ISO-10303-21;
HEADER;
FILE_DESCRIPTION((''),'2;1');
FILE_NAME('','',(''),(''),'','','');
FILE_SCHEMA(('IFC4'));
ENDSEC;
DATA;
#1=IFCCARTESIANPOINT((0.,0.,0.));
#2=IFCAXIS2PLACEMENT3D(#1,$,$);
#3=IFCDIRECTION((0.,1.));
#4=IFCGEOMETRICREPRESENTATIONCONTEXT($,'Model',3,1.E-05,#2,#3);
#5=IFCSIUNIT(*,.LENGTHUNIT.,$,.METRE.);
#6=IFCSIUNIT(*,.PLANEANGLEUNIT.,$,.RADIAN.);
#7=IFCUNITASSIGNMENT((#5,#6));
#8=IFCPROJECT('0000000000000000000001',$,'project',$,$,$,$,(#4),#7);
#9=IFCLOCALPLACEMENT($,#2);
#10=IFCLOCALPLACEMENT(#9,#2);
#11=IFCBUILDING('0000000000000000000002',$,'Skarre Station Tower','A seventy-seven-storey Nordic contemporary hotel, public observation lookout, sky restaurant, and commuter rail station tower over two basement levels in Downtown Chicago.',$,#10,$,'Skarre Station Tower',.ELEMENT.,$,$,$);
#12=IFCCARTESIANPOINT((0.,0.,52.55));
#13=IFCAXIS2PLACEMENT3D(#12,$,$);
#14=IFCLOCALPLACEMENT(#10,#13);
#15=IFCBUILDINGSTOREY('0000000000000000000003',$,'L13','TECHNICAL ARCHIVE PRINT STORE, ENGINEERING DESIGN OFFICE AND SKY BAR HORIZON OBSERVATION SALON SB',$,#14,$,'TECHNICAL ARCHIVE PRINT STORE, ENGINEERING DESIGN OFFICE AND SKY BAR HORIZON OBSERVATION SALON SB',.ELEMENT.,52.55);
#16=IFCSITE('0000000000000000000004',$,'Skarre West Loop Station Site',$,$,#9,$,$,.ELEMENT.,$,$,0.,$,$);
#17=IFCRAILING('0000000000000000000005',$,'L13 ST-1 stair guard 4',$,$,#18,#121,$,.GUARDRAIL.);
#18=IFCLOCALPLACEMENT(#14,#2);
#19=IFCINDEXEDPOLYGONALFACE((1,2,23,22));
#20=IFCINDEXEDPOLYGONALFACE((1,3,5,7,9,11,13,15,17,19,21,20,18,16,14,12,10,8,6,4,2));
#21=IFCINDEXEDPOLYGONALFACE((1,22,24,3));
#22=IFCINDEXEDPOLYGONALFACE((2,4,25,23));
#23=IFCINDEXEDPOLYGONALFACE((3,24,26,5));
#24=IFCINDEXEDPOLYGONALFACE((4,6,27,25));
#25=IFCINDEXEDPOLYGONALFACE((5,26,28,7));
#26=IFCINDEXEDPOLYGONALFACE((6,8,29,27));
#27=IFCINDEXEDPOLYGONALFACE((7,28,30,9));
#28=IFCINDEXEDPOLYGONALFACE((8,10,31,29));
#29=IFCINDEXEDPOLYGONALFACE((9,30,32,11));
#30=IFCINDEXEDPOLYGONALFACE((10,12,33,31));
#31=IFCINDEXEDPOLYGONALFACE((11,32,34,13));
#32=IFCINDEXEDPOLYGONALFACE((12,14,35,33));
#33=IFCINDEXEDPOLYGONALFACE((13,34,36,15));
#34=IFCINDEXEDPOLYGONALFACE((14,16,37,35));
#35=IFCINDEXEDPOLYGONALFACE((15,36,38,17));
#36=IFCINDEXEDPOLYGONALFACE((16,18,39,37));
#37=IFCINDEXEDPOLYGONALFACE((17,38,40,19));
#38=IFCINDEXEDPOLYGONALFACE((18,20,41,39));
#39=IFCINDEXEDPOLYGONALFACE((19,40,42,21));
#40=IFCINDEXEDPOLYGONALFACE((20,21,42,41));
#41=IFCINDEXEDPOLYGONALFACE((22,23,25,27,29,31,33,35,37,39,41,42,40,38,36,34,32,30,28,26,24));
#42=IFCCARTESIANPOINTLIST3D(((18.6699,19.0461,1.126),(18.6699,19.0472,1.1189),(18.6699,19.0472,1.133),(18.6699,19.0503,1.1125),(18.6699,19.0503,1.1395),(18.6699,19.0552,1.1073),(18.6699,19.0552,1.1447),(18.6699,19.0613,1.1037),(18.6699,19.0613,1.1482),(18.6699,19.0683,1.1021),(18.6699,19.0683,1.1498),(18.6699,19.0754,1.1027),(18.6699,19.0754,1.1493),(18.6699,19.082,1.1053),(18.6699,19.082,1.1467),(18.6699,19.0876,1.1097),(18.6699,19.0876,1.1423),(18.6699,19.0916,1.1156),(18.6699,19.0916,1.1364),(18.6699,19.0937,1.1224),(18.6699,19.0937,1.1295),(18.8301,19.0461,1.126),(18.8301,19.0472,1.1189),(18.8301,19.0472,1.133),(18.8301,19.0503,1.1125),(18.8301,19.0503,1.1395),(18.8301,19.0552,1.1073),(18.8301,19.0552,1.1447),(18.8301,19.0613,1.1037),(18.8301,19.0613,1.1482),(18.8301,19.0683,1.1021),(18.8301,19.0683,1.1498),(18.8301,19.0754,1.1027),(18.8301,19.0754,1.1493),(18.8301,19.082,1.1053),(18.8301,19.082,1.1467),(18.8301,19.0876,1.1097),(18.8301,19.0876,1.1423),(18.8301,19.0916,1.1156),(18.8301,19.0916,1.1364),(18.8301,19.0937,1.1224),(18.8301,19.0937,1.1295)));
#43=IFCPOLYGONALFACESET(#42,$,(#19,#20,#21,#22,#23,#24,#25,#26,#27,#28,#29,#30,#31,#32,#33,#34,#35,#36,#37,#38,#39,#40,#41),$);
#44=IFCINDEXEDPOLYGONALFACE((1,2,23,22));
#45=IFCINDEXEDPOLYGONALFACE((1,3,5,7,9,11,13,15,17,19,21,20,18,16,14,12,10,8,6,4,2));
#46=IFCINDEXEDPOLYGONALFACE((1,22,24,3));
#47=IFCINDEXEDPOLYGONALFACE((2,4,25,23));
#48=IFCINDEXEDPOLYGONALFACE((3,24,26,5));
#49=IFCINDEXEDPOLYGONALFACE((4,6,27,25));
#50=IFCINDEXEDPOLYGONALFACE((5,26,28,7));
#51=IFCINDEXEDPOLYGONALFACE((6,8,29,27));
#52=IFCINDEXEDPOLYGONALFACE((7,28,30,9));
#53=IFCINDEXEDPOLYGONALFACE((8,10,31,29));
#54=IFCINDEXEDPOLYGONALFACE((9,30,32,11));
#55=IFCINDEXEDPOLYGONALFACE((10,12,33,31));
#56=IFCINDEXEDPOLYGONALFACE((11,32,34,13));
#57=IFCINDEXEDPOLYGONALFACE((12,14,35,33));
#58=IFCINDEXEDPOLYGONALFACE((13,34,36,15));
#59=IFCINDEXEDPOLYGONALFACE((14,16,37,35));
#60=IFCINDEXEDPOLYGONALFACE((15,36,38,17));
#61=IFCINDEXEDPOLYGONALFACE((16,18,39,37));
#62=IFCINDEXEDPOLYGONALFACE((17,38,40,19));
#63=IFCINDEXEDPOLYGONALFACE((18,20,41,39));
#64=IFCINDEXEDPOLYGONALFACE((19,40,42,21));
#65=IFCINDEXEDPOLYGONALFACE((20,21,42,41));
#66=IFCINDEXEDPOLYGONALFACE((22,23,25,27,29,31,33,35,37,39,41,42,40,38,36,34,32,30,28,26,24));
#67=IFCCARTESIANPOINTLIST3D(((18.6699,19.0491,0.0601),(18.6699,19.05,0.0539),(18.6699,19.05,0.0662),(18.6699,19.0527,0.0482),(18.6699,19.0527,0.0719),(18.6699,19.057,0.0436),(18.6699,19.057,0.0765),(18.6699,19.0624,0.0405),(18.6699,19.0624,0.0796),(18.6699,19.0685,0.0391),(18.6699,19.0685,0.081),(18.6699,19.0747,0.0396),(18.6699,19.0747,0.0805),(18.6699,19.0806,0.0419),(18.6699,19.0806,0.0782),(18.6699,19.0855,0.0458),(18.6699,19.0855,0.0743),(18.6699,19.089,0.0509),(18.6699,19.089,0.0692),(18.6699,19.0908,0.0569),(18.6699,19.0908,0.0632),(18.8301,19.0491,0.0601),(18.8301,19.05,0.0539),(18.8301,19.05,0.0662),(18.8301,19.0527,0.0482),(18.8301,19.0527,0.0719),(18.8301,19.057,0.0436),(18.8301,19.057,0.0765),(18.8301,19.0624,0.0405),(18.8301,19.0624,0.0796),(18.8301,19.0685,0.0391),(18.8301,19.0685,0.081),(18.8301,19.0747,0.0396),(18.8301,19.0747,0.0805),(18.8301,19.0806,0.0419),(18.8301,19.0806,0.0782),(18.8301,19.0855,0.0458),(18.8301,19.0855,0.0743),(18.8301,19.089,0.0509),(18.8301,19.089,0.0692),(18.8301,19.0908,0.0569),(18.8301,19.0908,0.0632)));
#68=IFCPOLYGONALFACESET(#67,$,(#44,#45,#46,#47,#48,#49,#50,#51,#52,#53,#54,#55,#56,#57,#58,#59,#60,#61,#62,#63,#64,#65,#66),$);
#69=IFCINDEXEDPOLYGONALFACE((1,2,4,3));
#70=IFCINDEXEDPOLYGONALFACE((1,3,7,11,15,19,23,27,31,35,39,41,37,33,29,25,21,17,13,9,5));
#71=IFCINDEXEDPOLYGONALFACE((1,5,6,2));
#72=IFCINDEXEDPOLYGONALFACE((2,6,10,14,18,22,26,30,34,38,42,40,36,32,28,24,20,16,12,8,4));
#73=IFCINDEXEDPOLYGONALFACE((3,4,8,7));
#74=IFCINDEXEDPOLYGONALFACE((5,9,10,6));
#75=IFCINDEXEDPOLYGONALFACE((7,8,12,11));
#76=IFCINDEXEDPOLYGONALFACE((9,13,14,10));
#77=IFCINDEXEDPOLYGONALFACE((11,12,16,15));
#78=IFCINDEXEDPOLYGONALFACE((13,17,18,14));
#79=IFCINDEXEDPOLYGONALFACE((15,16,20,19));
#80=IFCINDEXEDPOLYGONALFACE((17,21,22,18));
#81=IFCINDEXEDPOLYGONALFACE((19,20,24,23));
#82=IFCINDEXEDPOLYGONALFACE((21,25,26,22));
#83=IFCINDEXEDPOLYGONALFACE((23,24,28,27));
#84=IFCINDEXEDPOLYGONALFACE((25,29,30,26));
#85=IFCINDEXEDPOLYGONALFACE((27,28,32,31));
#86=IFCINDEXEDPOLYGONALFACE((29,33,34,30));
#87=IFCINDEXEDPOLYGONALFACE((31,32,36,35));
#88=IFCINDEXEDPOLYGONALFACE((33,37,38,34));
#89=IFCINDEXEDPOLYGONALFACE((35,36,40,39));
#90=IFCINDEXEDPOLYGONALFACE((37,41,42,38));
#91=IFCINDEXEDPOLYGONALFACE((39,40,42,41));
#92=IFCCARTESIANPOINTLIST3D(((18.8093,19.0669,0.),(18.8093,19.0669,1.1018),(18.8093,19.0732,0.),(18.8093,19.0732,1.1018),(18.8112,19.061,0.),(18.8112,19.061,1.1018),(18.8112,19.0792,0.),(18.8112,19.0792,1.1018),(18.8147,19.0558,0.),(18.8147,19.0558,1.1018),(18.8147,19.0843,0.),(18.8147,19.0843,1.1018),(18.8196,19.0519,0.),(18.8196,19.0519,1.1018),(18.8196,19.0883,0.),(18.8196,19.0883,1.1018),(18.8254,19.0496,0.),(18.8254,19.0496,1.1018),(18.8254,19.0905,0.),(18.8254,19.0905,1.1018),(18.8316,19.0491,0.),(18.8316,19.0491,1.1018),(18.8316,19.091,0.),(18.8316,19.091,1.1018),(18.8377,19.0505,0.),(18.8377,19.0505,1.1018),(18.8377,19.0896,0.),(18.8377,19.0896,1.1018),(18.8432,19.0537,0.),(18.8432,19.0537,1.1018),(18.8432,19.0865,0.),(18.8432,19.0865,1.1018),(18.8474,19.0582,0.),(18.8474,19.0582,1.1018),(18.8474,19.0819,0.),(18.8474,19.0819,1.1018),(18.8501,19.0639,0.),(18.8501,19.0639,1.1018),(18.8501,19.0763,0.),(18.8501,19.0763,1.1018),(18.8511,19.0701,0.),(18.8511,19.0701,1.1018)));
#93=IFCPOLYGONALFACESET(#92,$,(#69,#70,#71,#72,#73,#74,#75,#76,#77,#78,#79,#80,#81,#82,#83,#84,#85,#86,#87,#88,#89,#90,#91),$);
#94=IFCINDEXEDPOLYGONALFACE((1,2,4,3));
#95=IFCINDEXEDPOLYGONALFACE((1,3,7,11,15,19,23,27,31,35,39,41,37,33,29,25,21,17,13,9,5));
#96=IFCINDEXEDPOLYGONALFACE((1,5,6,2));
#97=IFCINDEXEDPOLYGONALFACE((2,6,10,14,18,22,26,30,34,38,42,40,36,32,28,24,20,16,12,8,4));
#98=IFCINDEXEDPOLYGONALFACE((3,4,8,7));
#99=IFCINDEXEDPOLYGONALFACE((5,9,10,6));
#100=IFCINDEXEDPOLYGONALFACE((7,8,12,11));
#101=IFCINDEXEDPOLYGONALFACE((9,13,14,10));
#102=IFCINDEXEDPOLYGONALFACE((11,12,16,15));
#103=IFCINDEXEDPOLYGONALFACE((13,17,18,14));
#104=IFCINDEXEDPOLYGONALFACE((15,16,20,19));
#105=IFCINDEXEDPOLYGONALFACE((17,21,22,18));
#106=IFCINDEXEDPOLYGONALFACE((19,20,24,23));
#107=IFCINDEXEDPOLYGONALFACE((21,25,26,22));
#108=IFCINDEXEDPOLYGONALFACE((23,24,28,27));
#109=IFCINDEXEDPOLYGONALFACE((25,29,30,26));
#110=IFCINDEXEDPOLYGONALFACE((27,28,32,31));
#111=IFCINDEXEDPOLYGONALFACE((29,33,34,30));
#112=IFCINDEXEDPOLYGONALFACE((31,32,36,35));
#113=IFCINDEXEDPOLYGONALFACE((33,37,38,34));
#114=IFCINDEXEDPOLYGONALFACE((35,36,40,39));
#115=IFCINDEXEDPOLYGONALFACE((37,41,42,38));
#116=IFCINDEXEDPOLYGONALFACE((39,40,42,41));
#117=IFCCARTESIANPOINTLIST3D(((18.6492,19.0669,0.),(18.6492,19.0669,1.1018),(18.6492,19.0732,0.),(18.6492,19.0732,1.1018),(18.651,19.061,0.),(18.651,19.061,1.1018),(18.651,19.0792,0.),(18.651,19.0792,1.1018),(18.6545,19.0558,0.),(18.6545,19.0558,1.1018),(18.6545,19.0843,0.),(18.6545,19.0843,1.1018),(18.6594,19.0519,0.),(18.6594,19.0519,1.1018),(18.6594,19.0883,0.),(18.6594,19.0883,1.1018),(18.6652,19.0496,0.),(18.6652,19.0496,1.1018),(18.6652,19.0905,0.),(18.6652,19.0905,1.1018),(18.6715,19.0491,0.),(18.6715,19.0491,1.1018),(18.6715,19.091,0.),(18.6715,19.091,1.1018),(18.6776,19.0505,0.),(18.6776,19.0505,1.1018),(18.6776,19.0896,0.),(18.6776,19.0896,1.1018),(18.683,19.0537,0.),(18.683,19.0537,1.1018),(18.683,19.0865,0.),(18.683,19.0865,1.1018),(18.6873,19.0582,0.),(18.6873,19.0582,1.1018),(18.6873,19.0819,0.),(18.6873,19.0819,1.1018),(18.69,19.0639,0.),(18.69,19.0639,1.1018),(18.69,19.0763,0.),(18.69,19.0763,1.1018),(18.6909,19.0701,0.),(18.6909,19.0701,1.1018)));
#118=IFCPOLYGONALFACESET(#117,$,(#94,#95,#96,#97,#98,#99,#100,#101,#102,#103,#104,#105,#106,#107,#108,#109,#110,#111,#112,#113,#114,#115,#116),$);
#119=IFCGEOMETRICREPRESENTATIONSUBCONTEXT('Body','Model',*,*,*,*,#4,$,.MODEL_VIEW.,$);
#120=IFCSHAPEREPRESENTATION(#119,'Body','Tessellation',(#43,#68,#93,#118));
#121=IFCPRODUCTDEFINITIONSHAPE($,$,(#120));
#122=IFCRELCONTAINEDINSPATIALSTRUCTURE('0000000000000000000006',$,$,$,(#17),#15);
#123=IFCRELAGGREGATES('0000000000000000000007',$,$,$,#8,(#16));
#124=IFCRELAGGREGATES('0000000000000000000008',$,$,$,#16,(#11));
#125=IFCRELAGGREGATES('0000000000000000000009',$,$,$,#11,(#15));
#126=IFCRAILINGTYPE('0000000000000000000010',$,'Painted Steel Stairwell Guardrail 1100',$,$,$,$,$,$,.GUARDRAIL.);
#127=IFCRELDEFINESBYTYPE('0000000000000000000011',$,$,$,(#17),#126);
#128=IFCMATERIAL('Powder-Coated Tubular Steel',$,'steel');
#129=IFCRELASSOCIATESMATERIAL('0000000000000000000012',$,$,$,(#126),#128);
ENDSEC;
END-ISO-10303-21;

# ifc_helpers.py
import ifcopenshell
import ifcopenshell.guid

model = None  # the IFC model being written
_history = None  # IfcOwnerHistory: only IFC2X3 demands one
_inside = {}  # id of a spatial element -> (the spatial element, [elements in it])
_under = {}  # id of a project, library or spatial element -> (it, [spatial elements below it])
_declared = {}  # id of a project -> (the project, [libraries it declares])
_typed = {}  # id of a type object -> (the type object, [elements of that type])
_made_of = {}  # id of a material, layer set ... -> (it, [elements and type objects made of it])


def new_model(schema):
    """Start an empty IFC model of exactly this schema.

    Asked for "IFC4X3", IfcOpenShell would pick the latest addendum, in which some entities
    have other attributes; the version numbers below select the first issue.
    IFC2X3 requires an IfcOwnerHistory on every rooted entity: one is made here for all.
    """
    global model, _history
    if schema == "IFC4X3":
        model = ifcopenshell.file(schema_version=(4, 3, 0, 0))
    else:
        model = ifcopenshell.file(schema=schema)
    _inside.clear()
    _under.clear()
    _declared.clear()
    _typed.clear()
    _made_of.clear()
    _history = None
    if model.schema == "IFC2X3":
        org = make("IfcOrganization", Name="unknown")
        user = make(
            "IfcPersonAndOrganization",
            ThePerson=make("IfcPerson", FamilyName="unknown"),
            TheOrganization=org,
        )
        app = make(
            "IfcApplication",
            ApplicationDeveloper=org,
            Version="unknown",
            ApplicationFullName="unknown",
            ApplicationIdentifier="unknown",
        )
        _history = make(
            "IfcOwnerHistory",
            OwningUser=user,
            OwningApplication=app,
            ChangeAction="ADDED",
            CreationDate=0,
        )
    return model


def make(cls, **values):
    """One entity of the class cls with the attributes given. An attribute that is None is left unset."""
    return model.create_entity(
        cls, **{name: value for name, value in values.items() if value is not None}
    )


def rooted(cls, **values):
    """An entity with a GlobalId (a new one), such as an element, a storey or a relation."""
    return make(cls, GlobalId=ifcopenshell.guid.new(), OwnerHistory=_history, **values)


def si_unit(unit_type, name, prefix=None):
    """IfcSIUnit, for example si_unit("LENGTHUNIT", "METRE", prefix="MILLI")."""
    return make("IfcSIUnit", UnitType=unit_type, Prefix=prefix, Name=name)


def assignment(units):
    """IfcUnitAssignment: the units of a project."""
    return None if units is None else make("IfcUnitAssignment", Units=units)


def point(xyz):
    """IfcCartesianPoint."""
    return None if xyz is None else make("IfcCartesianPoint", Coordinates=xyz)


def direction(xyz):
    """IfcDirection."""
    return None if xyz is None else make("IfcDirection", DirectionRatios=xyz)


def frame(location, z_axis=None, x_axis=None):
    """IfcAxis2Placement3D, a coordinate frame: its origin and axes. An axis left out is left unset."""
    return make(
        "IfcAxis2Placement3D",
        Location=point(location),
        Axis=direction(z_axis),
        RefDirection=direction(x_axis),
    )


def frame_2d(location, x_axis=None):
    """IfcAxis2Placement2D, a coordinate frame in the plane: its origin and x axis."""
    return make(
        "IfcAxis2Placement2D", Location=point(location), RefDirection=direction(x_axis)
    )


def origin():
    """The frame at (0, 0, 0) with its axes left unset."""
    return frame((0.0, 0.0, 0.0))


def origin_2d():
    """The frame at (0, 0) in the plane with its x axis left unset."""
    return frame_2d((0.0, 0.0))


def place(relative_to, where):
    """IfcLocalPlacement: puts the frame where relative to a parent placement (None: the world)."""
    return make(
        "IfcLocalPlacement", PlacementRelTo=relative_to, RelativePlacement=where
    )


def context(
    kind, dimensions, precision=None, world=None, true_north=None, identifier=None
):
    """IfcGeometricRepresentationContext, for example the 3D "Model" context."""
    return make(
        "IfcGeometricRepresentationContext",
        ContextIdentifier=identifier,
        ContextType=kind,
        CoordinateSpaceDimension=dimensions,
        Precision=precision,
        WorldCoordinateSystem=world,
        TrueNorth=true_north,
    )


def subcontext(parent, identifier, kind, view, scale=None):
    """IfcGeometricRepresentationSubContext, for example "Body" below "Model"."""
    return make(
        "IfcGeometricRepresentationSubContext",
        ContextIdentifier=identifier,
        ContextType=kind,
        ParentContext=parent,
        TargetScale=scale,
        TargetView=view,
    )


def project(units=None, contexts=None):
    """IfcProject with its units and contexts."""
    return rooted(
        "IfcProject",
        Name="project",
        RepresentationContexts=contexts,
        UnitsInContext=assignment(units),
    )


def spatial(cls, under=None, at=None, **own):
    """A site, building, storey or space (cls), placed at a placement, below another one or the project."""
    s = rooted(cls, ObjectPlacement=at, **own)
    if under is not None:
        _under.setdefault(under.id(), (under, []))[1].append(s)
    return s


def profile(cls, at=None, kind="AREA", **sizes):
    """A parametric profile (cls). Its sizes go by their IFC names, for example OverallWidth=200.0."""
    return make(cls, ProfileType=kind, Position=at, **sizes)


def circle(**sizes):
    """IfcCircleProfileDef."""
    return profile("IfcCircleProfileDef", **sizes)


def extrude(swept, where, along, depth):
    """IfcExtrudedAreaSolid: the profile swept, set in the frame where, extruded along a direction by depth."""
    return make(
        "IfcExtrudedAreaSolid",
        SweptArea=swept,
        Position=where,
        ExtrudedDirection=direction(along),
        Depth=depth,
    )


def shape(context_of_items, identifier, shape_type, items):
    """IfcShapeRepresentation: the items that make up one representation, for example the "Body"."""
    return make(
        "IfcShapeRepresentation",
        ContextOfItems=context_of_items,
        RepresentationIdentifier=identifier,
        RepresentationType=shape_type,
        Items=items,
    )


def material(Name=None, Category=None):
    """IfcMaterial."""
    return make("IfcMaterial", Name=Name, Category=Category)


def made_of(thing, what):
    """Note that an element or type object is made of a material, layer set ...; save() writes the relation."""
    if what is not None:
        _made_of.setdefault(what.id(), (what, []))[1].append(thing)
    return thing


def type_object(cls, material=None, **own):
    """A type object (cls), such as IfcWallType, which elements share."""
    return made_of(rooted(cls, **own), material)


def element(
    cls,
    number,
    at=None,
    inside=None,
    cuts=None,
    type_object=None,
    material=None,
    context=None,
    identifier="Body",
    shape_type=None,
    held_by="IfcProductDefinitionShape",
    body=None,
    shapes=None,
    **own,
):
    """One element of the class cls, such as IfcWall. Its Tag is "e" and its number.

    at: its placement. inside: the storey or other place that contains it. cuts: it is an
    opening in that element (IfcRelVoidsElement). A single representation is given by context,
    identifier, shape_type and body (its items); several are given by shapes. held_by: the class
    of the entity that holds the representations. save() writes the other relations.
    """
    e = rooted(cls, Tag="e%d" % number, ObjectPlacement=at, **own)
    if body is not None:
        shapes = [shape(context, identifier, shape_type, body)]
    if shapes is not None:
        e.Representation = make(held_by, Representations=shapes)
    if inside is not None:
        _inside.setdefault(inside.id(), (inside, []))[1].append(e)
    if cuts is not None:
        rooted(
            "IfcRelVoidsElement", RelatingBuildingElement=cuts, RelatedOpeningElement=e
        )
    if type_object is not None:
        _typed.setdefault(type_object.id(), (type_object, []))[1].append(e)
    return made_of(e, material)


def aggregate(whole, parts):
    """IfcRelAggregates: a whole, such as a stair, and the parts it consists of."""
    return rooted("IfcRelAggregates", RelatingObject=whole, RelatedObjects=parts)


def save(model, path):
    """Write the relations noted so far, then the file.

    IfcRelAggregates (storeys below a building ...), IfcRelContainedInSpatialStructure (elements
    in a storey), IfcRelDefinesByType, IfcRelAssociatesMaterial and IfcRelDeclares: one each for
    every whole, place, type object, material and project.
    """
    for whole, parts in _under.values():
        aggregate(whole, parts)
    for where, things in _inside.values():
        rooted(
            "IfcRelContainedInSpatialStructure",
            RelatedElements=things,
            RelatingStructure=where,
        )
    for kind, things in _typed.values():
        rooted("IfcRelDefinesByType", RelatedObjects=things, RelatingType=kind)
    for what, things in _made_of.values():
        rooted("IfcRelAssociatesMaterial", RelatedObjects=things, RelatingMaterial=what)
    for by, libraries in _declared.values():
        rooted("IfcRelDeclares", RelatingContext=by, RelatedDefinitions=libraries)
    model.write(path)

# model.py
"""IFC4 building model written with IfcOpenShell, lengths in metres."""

from ifc_helpers import new_model, si_unit, direction, frame, origin, origin_2d, place, context, subcontext, project, spatial, circle, extrude, material, type_object, element, save


model = new_model("IFC4")

# Units and contexts
model_context = context("Model", 3, precision=1e-05, world=origin(), true_north=direction((0.0, 1.0)))
body_context = subcontext(model_context, "Body", "Model", "MODEL_VIEW")
ifc_project = project(units=[si_unit("LENGTHUNIT", "METRE"), si_unit("PLANEANGLEUNIT", "RADIAN")], contexts=[model_context])

# Site, building, storey
site_placement = place(None, origin())
site = spatial("IfcSite", under=ifc_project, at=site_placement, Name="Skarre West Loop Station Site", CompositionType="ELEMENT", RefElevation=0.0)
building_placement = place(site_placement, origin())
building = spatial("IfcBuilding", under=site, at=building_placement, Name="Skarre Station Tower", Description="A seventy-seven-storey Nordic contemporary hotel, public observation lookout, sky restaurant, and commuter rail station tower over two basement levels in Downtown Chicago.", LongName="Skarre Station Tower", CompositionType="ELEMENT")
storey_placement = place(building_placement, frame((0.0, 0.0, 52.55)))
storey = spatial("IfcBuildingStorey", under=building, at=storey_placement, Name="L13", Description="TECHNICAL ARCHIVE PRINT STORE, ENGINEERING DESIGN OFFICE AND SKY BAR HORIZON OBSERVATION SALON SB", LongName="TECHNICAL ARCHIVE PRINT STORE, ENGINEERING DESIGN OFFICE AND SKY BAR HORIZON OBSERVATION SALON SB", CompositionType="ELEMENT", Elevation=52.55)

# Railing
ifc_material_1 = material(Name="Powder-Coated Tubular Steel", Category="steel")
railing_type_1 = type_object("IfcRailingType", Name="Painted Steel Stairwell Guardrail 1100", PredefinedType="GUARDRAIL", material=ifc_material_1)
railing_1_placement = place(storey_placement, frame((18.8301, 19.0701, 0.0)))
element("IfcRailing", 1, at=railing_1_placement, inside=storey, type_object=railing_type_1, Name="L13 ST-1 stair guard 4", PredefinedType="GUARDRAIL", context=body_context, shape_type="SweptSolid", body=[
    extrude(circle(Radius=0.0239, at=origin_2d()), frame((0.0, 0.0, 1.126), z_axis=(-1.0, 0.0, 0.0), x_axis=(0.0, -1.0, 0.0)), (0.0, 0.0, 1.0), 0.1602),
    extrude(circle(Radius=0.021, at=origin_2d()), frame((0.0, 0.0, 0.0601), z_axis=(-1.0, 0.0, 0.0), x_axis=(0.0, -1.0, 0.0)), (0.0, 0.0, 1.0), 0.1602),
    extrude(circle(Radius=0.021, at=origin_2d()), origin(), (0.0, 0.0, 1.0), 1.1018),
    extrude(circle(Radius=0.021, at=origin_2d()), frame((-0.1602, 0.0, 0.0)), (0.0, 0.0, 1.0), 1.1018),
])

save(model, "model.ifc")
